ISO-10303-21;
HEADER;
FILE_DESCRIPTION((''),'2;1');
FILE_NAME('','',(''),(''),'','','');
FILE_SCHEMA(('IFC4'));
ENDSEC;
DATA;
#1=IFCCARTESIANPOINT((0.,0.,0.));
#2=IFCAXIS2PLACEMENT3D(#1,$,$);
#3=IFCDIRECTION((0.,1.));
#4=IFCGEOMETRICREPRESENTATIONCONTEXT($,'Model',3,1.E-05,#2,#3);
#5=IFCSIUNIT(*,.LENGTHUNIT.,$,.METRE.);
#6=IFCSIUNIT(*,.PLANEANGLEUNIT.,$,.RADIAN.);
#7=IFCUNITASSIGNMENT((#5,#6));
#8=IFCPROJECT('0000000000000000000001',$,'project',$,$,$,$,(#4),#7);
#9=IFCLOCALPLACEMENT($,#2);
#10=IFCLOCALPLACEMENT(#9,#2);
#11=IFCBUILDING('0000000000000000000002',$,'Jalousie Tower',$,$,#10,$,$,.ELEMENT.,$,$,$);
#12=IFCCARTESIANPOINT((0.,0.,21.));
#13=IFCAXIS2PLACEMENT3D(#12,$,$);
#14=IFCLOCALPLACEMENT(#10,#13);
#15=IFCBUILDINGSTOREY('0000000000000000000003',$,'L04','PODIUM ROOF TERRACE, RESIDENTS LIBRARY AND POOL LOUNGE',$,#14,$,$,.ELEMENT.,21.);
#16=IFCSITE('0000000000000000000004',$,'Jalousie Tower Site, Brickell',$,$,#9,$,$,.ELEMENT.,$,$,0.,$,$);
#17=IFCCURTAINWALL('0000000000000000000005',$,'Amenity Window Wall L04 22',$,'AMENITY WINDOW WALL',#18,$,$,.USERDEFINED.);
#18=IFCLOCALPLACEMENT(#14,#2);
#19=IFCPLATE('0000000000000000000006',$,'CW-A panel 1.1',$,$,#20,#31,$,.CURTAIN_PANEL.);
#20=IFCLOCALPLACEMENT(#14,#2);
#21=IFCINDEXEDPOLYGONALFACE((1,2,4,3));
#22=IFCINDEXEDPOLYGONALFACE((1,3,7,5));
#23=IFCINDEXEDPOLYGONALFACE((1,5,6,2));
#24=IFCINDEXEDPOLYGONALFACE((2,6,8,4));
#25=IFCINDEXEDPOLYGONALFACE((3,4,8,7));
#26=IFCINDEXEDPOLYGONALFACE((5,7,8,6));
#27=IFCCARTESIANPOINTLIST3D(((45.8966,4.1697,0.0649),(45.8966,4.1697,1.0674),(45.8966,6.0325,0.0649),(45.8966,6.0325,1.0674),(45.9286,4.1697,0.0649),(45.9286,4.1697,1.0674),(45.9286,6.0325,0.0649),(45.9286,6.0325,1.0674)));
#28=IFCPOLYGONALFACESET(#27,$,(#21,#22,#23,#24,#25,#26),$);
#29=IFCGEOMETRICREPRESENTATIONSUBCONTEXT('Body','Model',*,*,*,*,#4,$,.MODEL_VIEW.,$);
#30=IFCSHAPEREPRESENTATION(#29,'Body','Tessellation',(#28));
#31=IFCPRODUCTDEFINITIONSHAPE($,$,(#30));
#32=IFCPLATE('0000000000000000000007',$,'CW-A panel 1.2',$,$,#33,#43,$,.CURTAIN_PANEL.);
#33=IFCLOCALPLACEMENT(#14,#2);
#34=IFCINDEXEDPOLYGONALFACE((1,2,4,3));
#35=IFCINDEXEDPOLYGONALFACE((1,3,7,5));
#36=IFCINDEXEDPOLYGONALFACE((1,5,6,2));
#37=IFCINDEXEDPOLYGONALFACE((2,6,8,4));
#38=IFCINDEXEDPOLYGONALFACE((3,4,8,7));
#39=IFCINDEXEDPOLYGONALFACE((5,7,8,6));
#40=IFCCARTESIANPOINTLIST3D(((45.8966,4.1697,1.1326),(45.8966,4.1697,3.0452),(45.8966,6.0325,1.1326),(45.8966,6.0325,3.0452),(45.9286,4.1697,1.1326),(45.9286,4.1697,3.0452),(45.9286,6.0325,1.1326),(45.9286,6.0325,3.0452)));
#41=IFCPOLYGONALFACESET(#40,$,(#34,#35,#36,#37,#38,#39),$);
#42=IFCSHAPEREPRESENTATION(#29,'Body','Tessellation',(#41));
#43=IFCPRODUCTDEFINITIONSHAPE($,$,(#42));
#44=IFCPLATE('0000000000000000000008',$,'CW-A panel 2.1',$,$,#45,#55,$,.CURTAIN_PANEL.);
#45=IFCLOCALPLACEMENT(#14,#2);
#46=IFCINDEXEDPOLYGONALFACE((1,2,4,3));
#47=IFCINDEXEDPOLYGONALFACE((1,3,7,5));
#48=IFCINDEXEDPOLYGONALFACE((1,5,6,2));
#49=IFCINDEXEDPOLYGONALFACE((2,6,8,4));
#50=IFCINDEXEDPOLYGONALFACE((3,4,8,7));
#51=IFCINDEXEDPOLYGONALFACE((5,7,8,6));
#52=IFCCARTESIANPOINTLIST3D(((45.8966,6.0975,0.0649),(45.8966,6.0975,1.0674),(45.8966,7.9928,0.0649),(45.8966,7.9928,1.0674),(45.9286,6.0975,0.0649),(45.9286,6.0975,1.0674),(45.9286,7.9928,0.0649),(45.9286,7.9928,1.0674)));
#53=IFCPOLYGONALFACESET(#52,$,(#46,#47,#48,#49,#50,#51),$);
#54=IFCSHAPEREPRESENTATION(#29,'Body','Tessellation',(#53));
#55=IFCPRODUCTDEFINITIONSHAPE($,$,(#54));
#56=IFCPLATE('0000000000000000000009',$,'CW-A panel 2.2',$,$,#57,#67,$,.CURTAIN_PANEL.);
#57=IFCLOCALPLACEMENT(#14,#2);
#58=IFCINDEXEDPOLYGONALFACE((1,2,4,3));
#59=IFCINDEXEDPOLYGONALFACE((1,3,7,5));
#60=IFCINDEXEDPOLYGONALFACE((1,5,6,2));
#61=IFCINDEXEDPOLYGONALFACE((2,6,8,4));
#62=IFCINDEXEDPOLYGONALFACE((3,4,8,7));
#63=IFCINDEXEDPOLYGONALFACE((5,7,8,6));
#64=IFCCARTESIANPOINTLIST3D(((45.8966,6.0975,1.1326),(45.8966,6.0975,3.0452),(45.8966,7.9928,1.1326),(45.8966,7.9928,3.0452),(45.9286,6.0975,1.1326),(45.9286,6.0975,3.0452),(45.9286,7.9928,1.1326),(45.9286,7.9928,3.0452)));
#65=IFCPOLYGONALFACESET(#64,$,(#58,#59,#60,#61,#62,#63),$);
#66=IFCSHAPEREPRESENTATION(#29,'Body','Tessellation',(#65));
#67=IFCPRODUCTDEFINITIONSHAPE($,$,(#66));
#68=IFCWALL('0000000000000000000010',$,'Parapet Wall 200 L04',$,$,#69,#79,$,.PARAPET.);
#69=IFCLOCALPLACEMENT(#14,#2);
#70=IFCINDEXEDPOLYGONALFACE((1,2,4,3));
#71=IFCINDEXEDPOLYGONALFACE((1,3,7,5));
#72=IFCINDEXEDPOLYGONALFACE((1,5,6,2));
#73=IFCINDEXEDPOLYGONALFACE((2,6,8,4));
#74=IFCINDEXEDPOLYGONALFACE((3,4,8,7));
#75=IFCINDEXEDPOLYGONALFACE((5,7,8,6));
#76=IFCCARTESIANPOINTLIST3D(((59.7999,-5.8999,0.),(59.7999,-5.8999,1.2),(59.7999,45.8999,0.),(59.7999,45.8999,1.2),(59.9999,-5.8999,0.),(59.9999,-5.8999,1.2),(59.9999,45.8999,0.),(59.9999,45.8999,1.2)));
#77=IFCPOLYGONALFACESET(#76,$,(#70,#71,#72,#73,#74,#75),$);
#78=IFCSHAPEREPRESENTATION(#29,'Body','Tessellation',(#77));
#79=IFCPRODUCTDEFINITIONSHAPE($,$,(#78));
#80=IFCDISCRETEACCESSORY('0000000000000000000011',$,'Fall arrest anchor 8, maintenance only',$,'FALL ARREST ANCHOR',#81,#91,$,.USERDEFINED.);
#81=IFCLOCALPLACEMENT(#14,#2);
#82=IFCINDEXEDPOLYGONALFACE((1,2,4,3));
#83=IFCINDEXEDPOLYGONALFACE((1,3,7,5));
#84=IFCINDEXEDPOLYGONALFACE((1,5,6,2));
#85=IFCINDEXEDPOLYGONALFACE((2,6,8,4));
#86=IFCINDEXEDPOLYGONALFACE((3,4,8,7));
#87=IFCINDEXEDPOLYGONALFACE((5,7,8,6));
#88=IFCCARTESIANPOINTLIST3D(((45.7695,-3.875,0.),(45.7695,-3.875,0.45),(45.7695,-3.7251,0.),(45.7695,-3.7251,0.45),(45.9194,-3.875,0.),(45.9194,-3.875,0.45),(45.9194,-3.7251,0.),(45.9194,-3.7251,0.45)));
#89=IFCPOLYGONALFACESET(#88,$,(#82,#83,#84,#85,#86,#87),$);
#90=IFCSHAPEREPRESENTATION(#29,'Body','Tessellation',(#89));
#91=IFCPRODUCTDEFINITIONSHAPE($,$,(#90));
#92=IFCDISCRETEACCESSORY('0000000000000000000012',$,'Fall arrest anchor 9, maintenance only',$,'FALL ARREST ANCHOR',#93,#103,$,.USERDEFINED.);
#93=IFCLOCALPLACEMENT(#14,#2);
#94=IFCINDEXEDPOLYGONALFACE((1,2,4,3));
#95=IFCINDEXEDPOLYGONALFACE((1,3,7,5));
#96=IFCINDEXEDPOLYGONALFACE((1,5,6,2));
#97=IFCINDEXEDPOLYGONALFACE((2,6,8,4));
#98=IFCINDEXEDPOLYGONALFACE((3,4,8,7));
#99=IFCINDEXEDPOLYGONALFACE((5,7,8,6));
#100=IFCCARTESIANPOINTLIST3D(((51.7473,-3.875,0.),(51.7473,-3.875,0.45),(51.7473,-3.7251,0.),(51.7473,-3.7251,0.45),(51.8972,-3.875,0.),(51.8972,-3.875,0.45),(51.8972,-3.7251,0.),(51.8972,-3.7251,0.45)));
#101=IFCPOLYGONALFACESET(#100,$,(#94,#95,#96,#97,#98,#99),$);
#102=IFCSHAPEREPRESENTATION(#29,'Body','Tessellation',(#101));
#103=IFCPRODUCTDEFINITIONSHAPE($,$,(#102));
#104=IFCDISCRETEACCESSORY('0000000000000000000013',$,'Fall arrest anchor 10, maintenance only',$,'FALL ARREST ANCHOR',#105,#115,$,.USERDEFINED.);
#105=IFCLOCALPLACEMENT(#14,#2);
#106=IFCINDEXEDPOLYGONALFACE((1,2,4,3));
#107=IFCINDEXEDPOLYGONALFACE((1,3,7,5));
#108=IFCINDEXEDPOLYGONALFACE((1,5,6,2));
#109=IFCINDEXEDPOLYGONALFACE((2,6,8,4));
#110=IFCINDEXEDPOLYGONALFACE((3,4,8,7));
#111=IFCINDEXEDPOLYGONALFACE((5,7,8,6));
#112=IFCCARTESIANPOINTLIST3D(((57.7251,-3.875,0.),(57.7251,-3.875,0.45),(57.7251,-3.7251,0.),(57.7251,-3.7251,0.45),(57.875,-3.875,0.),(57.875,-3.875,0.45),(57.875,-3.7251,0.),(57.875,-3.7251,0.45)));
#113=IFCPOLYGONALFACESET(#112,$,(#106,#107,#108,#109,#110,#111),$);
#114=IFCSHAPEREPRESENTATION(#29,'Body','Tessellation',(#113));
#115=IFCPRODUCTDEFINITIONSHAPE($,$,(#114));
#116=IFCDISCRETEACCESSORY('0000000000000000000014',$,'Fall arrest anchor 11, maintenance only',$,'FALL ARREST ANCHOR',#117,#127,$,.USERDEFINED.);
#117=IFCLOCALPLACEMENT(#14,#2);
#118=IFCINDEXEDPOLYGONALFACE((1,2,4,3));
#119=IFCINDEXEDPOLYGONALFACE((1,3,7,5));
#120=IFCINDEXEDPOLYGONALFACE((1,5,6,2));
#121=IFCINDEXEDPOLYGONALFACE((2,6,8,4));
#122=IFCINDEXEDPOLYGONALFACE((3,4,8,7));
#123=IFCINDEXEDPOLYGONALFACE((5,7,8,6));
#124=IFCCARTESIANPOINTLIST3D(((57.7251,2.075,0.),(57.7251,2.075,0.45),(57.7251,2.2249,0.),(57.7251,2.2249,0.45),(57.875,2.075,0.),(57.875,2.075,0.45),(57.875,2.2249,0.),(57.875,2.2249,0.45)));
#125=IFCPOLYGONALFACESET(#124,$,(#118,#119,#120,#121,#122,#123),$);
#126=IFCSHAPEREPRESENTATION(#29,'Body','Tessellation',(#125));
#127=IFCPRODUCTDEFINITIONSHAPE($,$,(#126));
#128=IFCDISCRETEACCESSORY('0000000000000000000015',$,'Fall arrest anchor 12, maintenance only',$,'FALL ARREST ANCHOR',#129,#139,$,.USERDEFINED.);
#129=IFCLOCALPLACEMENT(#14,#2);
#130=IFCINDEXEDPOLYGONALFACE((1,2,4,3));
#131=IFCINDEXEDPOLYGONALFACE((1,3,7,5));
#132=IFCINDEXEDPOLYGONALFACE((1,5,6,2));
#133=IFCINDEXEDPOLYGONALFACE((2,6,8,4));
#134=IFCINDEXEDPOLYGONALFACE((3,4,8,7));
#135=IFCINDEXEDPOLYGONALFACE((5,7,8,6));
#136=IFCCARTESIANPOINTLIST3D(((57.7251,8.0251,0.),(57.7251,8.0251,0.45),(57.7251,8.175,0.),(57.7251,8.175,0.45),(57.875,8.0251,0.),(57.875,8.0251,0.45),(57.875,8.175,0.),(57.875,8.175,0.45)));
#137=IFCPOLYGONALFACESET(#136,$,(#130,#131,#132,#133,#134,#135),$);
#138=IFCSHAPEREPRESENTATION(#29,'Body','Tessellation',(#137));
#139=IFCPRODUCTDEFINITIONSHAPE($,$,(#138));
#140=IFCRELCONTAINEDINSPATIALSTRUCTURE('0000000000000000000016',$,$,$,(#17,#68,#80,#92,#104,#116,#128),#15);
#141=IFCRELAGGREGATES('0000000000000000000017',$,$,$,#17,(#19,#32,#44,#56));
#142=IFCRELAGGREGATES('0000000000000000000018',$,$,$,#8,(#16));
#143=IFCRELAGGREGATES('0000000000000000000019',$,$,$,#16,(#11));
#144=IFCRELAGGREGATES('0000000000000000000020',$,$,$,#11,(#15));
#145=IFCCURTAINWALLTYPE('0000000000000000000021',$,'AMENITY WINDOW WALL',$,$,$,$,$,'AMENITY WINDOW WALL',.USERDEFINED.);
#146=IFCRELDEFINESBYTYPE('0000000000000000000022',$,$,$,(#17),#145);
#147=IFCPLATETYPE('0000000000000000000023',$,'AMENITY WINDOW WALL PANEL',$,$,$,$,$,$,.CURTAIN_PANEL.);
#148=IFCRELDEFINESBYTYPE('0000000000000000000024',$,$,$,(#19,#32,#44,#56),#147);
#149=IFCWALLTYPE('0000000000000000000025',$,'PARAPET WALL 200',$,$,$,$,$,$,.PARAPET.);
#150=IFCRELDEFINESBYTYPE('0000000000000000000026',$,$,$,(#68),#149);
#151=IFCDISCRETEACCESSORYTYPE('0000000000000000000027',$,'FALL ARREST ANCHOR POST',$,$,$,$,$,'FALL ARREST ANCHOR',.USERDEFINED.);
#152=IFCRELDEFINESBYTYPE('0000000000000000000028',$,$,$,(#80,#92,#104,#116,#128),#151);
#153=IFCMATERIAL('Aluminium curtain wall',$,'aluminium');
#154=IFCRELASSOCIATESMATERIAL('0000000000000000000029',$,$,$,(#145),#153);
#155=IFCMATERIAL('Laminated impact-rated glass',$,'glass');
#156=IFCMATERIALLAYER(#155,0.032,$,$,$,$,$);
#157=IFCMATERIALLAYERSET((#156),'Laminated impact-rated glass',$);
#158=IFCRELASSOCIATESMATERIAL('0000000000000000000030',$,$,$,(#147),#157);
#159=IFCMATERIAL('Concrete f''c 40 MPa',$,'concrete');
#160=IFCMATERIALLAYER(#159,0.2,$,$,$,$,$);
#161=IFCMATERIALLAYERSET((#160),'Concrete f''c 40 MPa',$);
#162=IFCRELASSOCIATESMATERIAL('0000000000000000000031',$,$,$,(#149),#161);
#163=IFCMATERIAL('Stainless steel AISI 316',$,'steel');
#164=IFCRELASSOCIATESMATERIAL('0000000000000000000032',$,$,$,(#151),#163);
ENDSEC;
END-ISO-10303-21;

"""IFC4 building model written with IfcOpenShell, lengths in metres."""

from ifc_helpers import new_model, si_unit, direction, frame, frame_2d, origin, origin_2d, place, context, subcontext, project, spatial, rectangle, extrude, material, layer, layer_set, type_object, element, aggregate, save


model = new_model("IFC4")

# Units and contexts
model_context = context("Model", 3, precision=1e-05, world=origin(), true_north=direction((0.0, 1.0)))
body_context = subcontext(model_context, "Body", "Model", "MODEL_VIEW")
ifc_project = project(units=[si_unit("LENGTHUNIT", "METRE"), si_unit("PLANEANGLEUNIT", "RADIAN")], contexts=[model_context])

# Site, building, storey
site_placement = place(None, origin())
site = spatial("IfcSite", under=ifc_project, at=site_placement, Name="Jalousie Tower Site, Brickell", CompositionType="ELEMENT", RefElevation=0.0)
building_placement = place(site_placement, origin())
building = spatial("IfcBuilding", under=site, at=building_placement, Name="Jalousie Tower", CompositionType="ELEMENT")
storey_placement = place(building_placement, frame((0.0, 0.0, 21.0)))
storey = spatial("IfcBuildingStorey", under=building, at=storey_placement, Name="L04", Description="PODIUM ROOF TERRACE, RESIDENTS LIBRARY AND POOL LOUNGE", CompositionType="ELEMENT", Elevation=21.0)

# Curtain wall
ifc_material_1 = material(Name="Aluminium curtain wall", Category="aluminium")
curtain_wall_type_1 = type_object("IfcCurtainWallType", Name="AMENITY WINDOW WALL", ElementType="AMENITY WINDOW WALL", PredefinedType="USERDEFINED", material=ifc_material_1)
curtain_wall_1_placement = place(storey_placement, origin())
curtain_wall_1 = element("IfcCurtainWall", 1, at=curtain_wall_1_placement, inside=storey, type_object=curtain_wall_type_1, Name="Amenity Window Wall L04 22", ObjectType="AMENITY WINDOW WALL", PredefinedType="USERDEFINED")

# Plates
ifc_material_2 = material(Name="Laminated impact-rated glass", Category="glass")
ifc_layer_1 = layer(ifc_material_2, 0.032)
ifc_layer_set_1 = layer_set([ifc_layer_1], Name="Laminated impact-rated glass")
plate_type_1 = type_object("IfcPlateType", Name="AMENITY WINDOW WALL PANEL", PredefinedType="CURTAIN_PANEL", material=ifc_layer_set_1)
plate_1_placement = place(storey_placement, frame((45.9126, 5.1011, 0.0649), z_axis=(0.0, 0.0, 1.0), x_axis=(0.0, 1.0, 0.0)))
plate_1 = element("IfcPlate", 2, at=plate_1_placement, type_object=plate_type_1, Name="CW-A panel 1.1", PredefinedType="CURTAIN_PANEL", context=body_context, shape_type="SweptSolid", body=[
    extrude(rectangle(XDim=1.8628, YDim=0.032, at=origin_2d()), origin(), (0.0, 0.0, 1.0), 1.0024),
])
plate_2_placement = place(storey_placement, frame((45.9126, 5.1011, 1.1326), z_axis=(0.0, 0.0, 1.0), x_axis=(0.0, 1.0, 0.0)))
plate_2 = element("IfcPlate", 3, at=plate_2_placement, type_object=plate_type_1, Name="CW-A panel 1.2", PredefinedType="CURTAIN_PANEL", context=body_context, shape_type="SweptSolid", body=[
    extrude(rectangle(XDim=1.8628, YDim=0.032, at=origin_2d()), origin(), (0.0, 0.0, 1.0), 1.9126),
])
plate_3_placement = place(storey_placement, frame((45.9126, 7.0452, 0.0649), z_axis=(0.0, 0.0, 1.0), x_axis=(0.0, 1.0, 0.0)))
plate_3 = element("IfcPlate", 4, at=plate_3_placement, type_object=plate_type_1, Name="CW-A panel 2.1", PredefinedType="CURTAIN_PANEL", context=body_context, shape_type="SweptSolid", body=[
    extrude(rectangle(XDim=1.8953, YDim=0.032, at=origin_2d()), origin(), (0.0, 0.0, 1.0), 1.0024),
])
plate_4_placement = place(storey_placement, frame((45.9126, 7.0452, 1.1326), z_axis=(0.0, 0.0, 1.0), x_axis=(0.0, 1.0, 0.0)))
plate_4 = element("IfcPlate", 5, at=plate_4_placement, type_object=plate_type_1, Name="CW-A panel 2.2", PredefinedType="CURTAIN_PANEL", context=body_context, shape_type="SweptSolid", body=[
    extrude(rectangle(XDim=1.8953, YDim=0.032, at=origin_2d()), origin(), (0.0, 0.0, 1.0), 1.9126),
])
aggregate(curtain_wall_1, [plate_1, plate_2, plate_3, plate_4])

# Wall
ifc_material_3 = material(Name="Concrete f'c 40 MPa", Category="concrete")
ifc_layer_2 = layer(ifc_material_3, 0.2)
ifc_layer_set_2 = layer_set([ifc_layer_2], Name="Concrete f'c 40 MPa")
wall_type = type_object("IfcWallType", Name="PARAPET WALL 200", PredefinedType="PARAPET", material=ifc_layer_set_2)
wall_placement = place(storey_placement, frame((59.8999, -5.8999, 0.0), z_axis=(0.0, 0.0, 1.0), x_axis=(0.0, 1.0, 0.0)))
element("IfcWall", 6, at=wall_placement, inside=storey, type_object=wall_type, Name="Parapet Wall 200 L04", PredefinedType="PARAPET", context=body_context, shape_type="SweptSolid", body=[
    extrude(rectangle(XDim=51.7998, YDim=0.2, at=frame_2d((25.8999, 0.0))), origin(), (0.0, 0.0, 1.0), 1.2),
])

# Discrete accessories
ifc_material_4 = material(Name="Stainless steel AISI 316", Category="steel")
discrete_accessory_type = type_object("IfcDiscreteAccessoryType", Name="FALL ARREST ANCHOR POST", ElementType="FALL ARREST ANCHOR", PredefinedType="USERDEFINED", material=ifc_material_4)
for number, where, z_axis, x_axis, name in (
    (7, (45.8445, -3.8, 0.0), (0.0, 0.0, 1.0), (1.0, 0.0, 0.0), "Fall arrest anchor 8, maintenance only"),
    (8, (51.8223, -3.8, 0.0), (0.0, 0.0, 1.0), (1.0, 0.0, 0.0), "Fall arrest anchor 9, maintenance only"),
    (9, (57.8, -3.8, 0.0), (0.0, 0.0, 1.0), (1.0, 0.0, 0.0), "Fall arrest anchor 10, maintenance only"),
    (10, (57.8, 2.1499, 0.0), (0.0, 0.0, 1.0), (1.0, 0.0, 0.0), "Fall arrest anchor 11, maintenance only"),
    (11, (57.8, 8.1001, 0.0), (0.0, 0.0, 1.0), (1.0, 0.0, 0.0), "Fall arrest anchor 12, maintenance only"),
):
    element("IfcDiscreteAccessory", number, at=place(storey_placement, frame(where, z_axis=z_axis, x_axis=x_axis)), inside=storey, type_object=discrete_accessory_type, Name=name, ObjectType="FALL ARREST ANCHOR", PredefinedType="USERDEFINED", context=body_context, shape_type="SweptSolid", body=[
        extrude(rectangle(XDim=0.1499, YDim=0.1499, at=origin_2d()), origin(), (0.0, 0.0, 1.0), 0.45),
    ])

save(model, "model.ifc")
